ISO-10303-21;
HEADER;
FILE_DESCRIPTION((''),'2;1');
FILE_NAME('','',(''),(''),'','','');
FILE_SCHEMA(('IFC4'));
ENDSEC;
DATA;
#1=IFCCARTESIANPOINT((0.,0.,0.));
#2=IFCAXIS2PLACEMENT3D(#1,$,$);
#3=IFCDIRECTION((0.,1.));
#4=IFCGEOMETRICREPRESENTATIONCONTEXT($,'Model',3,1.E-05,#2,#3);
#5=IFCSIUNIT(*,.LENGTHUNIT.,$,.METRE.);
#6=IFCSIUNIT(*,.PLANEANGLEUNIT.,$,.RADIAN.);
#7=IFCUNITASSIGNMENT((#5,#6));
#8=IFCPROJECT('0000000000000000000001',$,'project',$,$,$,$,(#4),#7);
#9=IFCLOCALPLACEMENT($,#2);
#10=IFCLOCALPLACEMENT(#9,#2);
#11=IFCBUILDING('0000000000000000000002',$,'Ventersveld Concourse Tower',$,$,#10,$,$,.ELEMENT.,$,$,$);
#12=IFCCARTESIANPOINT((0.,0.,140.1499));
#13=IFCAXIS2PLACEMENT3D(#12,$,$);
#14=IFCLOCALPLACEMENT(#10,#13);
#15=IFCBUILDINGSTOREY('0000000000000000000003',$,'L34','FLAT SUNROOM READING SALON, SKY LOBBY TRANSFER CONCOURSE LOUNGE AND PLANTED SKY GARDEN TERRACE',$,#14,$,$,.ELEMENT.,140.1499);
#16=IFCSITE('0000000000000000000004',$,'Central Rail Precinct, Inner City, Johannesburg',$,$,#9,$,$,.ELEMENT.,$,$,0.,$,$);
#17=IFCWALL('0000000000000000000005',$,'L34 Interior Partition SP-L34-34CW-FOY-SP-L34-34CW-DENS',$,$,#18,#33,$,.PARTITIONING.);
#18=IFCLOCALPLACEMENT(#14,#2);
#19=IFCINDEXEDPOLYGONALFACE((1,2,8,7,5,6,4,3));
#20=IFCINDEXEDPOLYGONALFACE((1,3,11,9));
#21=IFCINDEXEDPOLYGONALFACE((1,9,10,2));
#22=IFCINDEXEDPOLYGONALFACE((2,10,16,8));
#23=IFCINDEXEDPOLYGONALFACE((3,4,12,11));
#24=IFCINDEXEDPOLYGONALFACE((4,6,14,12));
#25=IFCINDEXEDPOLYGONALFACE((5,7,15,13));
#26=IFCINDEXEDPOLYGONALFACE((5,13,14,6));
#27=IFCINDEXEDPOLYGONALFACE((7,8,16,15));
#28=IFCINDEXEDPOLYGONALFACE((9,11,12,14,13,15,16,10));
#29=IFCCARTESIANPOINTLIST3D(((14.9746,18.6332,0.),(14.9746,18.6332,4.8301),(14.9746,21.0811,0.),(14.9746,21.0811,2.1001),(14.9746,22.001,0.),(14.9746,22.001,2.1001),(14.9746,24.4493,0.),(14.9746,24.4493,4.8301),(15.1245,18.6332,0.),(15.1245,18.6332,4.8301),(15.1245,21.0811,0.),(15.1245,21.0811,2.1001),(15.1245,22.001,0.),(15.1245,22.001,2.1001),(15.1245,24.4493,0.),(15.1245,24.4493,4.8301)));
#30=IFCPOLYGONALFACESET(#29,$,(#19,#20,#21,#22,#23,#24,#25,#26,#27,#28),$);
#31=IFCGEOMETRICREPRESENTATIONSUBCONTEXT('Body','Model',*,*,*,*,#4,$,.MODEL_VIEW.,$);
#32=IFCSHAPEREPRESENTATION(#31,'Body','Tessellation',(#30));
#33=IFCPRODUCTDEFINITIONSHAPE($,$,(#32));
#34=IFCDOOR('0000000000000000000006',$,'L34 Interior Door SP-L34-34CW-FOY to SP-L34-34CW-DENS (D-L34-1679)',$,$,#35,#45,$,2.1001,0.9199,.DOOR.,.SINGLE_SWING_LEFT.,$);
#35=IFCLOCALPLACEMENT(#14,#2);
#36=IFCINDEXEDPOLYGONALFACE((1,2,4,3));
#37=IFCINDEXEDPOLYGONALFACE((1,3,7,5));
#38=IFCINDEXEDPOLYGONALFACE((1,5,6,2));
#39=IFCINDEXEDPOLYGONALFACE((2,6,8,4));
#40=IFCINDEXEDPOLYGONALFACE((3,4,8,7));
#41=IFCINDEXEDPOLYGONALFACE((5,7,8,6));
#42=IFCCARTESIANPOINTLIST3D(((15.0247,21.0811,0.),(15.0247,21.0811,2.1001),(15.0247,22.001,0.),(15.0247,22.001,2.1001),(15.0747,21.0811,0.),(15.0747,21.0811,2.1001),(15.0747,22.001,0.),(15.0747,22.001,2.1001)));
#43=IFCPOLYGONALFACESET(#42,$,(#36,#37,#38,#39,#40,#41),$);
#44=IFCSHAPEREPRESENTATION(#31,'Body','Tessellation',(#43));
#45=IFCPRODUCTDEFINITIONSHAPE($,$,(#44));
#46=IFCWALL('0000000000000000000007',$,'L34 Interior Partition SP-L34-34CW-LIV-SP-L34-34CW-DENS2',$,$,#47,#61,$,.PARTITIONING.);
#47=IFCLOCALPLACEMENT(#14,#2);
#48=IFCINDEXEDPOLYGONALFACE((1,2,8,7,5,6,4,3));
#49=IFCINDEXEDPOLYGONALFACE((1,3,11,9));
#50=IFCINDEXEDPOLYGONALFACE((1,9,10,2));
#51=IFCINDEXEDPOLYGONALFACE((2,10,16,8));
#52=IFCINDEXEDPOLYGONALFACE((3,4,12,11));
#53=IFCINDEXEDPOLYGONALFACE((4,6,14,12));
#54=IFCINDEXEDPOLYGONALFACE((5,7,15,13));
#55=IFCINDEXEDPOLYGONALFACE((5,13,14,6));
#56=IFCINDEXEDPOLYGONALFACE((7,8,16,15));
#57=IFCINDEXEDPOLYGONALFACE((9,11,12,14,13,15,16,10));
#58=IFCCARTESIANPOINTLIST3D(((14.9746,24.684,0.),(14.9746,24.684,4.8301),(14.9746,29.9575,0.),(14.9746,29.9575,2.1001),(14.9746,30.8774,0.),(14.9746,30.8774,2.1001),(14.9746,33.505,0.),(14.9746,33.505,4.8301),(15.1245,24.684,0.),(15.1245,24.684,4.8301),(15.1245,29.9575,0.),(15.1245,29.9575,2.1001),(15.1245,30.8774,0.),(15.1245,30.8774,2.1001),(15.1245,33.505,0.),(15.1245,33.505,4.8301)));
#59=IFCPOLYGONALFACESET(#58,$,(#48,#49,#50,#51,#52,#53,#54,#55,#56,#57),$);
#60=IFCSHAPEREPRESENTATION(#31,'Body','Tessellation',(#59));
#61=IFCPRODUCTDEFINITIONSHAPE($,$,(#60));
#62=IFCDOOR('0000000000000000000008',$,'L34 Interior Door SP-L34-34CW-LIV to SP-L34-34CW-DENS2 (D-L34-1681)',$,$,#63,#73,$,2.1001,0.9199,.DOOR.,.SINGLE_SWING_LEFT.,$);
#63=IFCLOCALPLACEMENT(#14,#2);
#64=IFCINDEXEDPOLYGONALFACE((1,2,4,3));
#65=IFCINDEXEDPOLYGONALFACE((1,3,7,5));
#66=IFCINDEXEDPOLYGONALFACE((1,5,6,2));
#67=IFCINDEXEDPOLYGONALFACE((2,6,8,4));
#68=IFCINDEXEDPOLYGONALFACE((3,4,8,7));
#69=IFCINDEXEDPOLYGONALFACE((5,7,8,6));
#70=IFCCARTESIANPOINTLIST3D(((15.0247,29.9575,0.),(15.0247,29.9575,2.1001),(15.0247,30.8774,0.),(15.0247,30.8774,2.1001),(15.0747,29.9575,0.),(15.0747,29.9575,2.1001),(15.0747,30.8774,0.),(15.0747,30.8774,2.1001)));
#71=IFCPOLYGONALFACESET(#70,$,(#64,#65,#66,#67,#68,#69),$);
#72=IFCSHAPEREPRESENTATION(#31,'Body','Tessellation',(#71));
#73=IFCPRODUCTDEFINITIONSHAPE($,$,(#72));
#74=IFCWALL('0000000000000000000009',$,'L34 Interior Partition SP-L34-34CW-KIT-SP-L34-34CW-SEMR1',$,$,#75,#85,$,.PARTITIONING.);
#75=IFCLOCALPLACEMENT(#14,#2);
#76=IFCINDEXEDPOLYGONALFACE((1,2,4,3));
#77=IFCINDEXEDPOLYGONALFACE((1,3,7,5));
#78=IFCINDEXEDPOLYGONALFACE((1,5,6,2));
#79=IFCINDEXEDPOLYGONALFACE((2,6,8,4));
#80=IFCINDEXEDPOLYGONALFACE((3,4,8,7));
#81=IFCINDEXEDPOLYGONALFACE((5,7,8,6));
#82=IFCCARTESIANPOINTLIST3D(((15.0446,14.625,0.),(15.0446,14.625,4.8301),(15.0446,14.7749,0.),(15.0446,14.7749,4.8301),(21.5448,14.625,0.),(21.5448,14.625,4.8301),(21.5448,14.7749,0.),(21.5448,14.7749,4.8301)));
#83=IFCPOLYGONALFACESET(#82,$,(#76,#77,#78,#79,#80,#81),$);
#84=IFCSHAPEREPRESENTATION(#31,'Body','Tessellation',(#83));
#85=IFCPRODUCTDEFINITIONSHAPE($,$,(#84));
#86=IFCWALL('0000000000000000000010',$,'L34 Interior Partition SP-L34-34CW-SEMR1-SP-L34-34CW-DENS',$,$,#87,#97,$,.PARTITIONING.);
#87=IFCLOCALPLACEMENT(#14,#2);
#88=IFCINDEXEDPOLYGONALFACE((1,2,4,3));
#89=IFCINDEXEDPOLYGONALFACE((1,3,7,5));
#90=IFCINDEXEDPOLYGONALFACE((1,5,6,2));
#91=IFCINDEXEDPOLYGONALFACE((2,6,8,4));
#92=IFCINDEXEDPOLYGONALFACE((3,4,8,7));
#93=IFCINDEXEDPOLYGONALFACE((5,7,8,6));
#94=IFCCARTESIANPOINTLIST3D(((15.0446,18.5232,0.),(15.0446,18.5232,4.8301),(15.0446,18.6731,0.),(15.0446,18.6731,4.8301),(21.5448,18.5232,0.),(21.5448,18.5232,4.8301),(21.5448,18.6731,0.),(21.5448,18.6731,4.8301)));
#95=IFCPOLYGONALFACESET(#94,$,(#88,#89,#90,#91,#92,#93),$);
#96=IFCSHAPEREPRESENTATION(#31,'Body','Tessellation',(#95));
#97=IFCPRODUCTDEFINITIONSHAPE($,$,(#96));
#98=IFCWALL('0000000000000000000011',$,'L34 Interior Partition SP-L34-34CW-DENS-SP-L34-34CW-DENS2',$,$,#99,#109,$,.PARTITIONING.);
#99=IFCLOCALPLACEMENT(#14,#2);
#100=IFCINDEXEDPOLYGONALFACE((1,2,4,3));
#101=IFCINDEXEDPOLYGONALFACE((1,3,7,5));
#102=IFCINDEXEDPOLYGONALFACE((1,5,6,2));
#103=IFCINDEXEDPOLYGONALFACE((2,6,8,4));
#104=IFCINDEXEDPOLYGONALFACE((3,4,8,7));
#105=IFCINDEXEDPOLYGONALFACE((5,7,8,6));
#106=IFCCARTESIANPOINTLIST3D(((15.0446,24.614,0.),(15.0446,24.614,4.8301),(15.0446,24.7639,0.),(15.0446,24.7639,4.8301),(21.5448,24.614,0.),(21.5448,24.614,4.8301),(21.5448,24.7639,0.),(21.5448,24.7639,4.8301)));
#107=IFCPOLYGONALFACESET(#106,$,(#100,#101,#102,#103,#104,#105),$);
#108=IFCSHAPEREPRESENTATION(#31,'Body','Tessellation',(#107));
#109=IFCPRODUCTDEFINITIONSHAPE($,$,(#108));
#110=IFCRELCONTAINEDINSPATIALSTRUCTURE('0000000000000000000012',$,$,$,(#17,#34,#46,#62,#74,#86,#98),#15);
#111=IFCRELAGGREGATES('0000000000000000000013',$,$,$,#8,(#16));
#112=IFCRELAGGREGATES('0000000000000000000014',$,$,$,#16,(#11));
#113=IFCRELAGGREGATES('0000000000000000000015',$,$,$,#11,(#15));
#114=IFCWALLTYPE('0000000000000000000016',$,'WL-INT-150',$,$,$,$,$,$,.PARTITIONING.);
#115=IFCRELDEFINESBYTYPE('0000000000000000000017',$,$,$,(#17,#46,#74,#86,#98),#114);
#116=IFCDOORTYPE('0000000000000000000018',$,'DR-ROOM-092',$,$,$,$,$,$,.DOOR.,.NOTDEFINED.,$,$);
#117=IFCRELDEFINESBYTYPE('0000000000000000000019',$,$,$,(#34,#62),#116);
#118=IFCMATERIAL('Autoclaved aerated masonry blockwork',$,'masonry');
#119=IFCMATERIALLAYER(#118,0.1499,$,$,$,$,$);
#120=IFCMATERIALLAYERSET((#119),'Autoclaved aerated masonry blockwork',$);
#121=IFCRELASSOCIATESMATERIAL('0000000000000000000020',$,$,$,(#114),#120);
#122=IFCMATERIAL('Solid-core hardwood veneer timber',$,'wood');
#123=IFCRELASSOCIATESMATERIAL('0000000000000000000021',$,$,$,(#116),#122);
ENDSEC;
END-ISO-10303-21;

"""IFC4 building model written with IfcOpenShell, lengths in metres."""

from ifc_helpers import new_model, si_unit, direction, frame, frame_2d, origin, place, context, subcontext, project, spatial, rectangle, extrude, material, layer, layer_set, type_object, element, fill, save


model = new_model("IFC4")

# Units and contexts
model_context = context("Model", 3, precision=1e-05, world=origin(), true_north=direction((0.0, 1.0)))
body_context = subcontext(model_context, "Body", "Model", "MODEL_VIEW")
ifc_project = project(units=[si_unit("LENGTHUNIT", "METRE"), si_unit("PLANEANGLEUNIT", "RADIAN")], contexts=[model_context])

# Site, building, storey
site_placement = place(None, origin())
site = spatial("IfcSite", under=ifc_project, at=site_placement, Name="Central Rail Precinct, Inner City, Johannesburg", CompositionType="ELEMENT", RefElevation=0.0)
building_placement = place(site_placement, origin())
building = spatial("IfcBuilding", under=site, at=building_placement, Name="Ventersveld Concourse Tower", CompositionType="ELEMENT")
storey_placement = place(building_placement, frame((0.0, 0.0, 140.1499)))
storey = spatial("IfcBuildingStorey", under=building, at=storey_placement, Name="L34", Description="FLAT SUNROOM READING SALON, SKY LOBBY TRANSFER CONCOURSE LOUNGE AND PLANTED SKY GARDEN TERRACE", CompositionType="ELEMENT", Elevation=140.1499)

# Shared definitions
ifc_material_1 = material(Name="Solid-core hardwood veneer timber", Category="wood")

# Walls, openings, doors
ifc_material_2 = material(Name="Autoclaved aerated masonry blockwork", Category="masonry")
ifc_layer_1 = layer(ifc_material_2, 0.1499)
ifc_layer_set_1 = layer_set([ifc_layer_1], Name="Autoclaved aerated masonry blockwork")
wall_type_1 = type_object("IfcWallType", Name="WL-INT-150", PredefinedType="PARTITIONING", material=ifc_layer_set_1)
door_type_1 = type_object("IfcDoorType", Name="DR-ROOM-092", OperationType="NOTDEFINED", PredefinedType="DOOR", material=ifc_material_1)
wall_1_placement = place(storey_placement, frame((15.0496, 18.6331, 0.0), z_axis=(0.0, 0.0, 1.0), x_axis=(0.0, 1.0, 0.0)))
wall_1 = element("IfcWall", 1, at=wall_1_placement, inside=storey, type_object=wall_type_1, Name="L34 Interior Partition SP-L34-34CW-FOY-SP-L34-34CW-DENS", PredefinedType="PARTITIONING", context=body_context, shape_type="SweptSolid", body=[
    extrude(rectangle(XDim=5.8162, YDim=0.1499, at=frame_2d((2.9082, 0.0))), origin(), (0.0, 0.0, 1.0), 4.8301),
])
opening_1_placement = place(wall_1_placement, frame((2.448, 0.0, 0.0)))
opening_1 = element("IfcOpeningElement", 2, at=opening_1_placement, cuts=wall_1, PredefinedType="OPENING", context=body_context, shape_type="SweptSolid", body=[
    extrude(rectangle(XDim=0.9199, YDim=2.1001, at=frame_2d((0.46, 1.05))), frame((0.0, 0.085, 0.0), z_axis=(0.0, -1.0, 0.0), x_axis=(1.0, 0.0, 0.0)), (0.0, 0.0, 1.0), 0.1699),
])
door_1_placement = place(opening_1_placement, origin())
door_1 = element("IfcDoor", 3, at=door_1_placement, inside=storey, type_object=door_type_1, Name="L34 Interior Door SP-L34-34CW-FOY to SP-L34-34CW-DENS (D-L34-1679)", OperationType="SINGLE_SWING_LEFT", OverallHeight=2.1001, OverallWidth=0.9199, PredefinedType="DOOR", context=body_context, shape_type="SweptSolid", body=[
    extrude(rectangle(XDim=0.9199, YDim=2.1001, at=frame_2d((0.46, 1.05))), frame((0.0, 0.0249, 0.0), z_axis=(0.0, -1.0, 0.0), x_axis=(1.0, 0.0, 0.0)), (0.0, 0.0, 1.0), 0.05),
])
fill(opening_1, door_1)
wall_2_placement = place(storey_placement, frame((15.0496, 24.6838, 0.0), z_axis=(0.0, 0.0, 1.0), x_axis=(0.0, 1.0, 0.0)))
wall_2 = element("IfcWall", 4, at=wall_2_placement, inside=storey, type_object=wall_type_1, Name="L34 Interior Partition SP-L34-34CW-LIV-SP-L34-34CW-DENS2", PredefinedType="PARTITIONING", context=body_context, shape_type="SweptSolid", body=[
    extrude(rectangle(XDim=8.821, YDim=0.1499, at=frame_2d((4.4106, 0.0))), origin(), (0.0, 0.0, 1.0), 4.8301),
])
opening_2_placement = place(wall_2_placement, frame((5.2737, 0.0, 0.0)))
opening_2 = element("IfcOpeningElement", 5, at=opening_2_placement, cuts=wall_2, PredefinedType="OPENING", context=body_context, shape_type="SweptSolid", body=[
    extrude(rectangle(XDim=0.9199, YDim=2.1001, at=frame_2d((0.46, 1.05))), frame((0.0, 0.085, 0.0), z_axis=(0.0, -1.0, 0.0), x_axis=(1.0, 0.0, 0.0)), (0.0, 0.0, 1.0), 0.1699),
])
door_2_placement = place(opening_2_placement, origin())
door_2 = element("IfcDoor", 6, at=door_2_placement, inside=storey, type_object=door_type_1, Name="L34 Interior Door SP-L34-34CW-LIV to SP-L34-34CW-DENS2 (D-L34-1681)", OperationType="SINGLE_SWING_LEFT", OverallHeight=2.1001, OverallWidth=0.9199, PredefinedType="DOOR", context=body_context, shape_type="SweptSolid", body=[
    extrude(rectangle(XDim=0.9199, YDim=2.1001, at=frame_2d((0.46, 1.05))), frame((0.0, 0.0249, 0.0), z_axis=(0.0, -1.0, 0.0), x_axis=(1.0, 0.0, 0.0)), (0.0, 0.0, 1.0), 0.05),
])
fill(opening_2, door_2)

# Walls
for number, where, z_axis, x_axis, name in (
    (7, (15.0447, 14.7, 0.0), (0.0, 0.0, 1.0), (1.0, 0.0, 0.0), "L34 Interior Partition SP-L34-34CW-KIT-SP-L34-34CW-SEMR1"),
    (8, (15.0447, 18.5981, 0.0), (0.0, 0.0, 1.0), (1.0, 0.0, 0.0), "L34 Interior Partition SP-L34-34CW-SEMR1-SP-L34-34CW-DENS"),
    (9, (15.0447, 24.689, 0.0), (0.0, 0.0, 1.0), (1.0, 0.0, 0.0), "L34 Interior Partition SP-L34-34CW-DENS-SP-L34-34CW-DENS2"),
):
    element("IfcWall", number, at=place(storey_placement, frame(where, z_axis=z_axis, x_axis=x_axis)), inside=storey, type_object=wall_type_1, Name=name, PredefinedType="PARTITIONING", context=body_context, shape_type="SweptSolid", body=[
        extrude(rectangle(XDim=6.5002, YDim=0.1499, at=frame_2d((3.25, 0.0))), origin(), (0.0, 0.0, 1.0), 4.8301),
    ])

save(model, "model.ifc")
